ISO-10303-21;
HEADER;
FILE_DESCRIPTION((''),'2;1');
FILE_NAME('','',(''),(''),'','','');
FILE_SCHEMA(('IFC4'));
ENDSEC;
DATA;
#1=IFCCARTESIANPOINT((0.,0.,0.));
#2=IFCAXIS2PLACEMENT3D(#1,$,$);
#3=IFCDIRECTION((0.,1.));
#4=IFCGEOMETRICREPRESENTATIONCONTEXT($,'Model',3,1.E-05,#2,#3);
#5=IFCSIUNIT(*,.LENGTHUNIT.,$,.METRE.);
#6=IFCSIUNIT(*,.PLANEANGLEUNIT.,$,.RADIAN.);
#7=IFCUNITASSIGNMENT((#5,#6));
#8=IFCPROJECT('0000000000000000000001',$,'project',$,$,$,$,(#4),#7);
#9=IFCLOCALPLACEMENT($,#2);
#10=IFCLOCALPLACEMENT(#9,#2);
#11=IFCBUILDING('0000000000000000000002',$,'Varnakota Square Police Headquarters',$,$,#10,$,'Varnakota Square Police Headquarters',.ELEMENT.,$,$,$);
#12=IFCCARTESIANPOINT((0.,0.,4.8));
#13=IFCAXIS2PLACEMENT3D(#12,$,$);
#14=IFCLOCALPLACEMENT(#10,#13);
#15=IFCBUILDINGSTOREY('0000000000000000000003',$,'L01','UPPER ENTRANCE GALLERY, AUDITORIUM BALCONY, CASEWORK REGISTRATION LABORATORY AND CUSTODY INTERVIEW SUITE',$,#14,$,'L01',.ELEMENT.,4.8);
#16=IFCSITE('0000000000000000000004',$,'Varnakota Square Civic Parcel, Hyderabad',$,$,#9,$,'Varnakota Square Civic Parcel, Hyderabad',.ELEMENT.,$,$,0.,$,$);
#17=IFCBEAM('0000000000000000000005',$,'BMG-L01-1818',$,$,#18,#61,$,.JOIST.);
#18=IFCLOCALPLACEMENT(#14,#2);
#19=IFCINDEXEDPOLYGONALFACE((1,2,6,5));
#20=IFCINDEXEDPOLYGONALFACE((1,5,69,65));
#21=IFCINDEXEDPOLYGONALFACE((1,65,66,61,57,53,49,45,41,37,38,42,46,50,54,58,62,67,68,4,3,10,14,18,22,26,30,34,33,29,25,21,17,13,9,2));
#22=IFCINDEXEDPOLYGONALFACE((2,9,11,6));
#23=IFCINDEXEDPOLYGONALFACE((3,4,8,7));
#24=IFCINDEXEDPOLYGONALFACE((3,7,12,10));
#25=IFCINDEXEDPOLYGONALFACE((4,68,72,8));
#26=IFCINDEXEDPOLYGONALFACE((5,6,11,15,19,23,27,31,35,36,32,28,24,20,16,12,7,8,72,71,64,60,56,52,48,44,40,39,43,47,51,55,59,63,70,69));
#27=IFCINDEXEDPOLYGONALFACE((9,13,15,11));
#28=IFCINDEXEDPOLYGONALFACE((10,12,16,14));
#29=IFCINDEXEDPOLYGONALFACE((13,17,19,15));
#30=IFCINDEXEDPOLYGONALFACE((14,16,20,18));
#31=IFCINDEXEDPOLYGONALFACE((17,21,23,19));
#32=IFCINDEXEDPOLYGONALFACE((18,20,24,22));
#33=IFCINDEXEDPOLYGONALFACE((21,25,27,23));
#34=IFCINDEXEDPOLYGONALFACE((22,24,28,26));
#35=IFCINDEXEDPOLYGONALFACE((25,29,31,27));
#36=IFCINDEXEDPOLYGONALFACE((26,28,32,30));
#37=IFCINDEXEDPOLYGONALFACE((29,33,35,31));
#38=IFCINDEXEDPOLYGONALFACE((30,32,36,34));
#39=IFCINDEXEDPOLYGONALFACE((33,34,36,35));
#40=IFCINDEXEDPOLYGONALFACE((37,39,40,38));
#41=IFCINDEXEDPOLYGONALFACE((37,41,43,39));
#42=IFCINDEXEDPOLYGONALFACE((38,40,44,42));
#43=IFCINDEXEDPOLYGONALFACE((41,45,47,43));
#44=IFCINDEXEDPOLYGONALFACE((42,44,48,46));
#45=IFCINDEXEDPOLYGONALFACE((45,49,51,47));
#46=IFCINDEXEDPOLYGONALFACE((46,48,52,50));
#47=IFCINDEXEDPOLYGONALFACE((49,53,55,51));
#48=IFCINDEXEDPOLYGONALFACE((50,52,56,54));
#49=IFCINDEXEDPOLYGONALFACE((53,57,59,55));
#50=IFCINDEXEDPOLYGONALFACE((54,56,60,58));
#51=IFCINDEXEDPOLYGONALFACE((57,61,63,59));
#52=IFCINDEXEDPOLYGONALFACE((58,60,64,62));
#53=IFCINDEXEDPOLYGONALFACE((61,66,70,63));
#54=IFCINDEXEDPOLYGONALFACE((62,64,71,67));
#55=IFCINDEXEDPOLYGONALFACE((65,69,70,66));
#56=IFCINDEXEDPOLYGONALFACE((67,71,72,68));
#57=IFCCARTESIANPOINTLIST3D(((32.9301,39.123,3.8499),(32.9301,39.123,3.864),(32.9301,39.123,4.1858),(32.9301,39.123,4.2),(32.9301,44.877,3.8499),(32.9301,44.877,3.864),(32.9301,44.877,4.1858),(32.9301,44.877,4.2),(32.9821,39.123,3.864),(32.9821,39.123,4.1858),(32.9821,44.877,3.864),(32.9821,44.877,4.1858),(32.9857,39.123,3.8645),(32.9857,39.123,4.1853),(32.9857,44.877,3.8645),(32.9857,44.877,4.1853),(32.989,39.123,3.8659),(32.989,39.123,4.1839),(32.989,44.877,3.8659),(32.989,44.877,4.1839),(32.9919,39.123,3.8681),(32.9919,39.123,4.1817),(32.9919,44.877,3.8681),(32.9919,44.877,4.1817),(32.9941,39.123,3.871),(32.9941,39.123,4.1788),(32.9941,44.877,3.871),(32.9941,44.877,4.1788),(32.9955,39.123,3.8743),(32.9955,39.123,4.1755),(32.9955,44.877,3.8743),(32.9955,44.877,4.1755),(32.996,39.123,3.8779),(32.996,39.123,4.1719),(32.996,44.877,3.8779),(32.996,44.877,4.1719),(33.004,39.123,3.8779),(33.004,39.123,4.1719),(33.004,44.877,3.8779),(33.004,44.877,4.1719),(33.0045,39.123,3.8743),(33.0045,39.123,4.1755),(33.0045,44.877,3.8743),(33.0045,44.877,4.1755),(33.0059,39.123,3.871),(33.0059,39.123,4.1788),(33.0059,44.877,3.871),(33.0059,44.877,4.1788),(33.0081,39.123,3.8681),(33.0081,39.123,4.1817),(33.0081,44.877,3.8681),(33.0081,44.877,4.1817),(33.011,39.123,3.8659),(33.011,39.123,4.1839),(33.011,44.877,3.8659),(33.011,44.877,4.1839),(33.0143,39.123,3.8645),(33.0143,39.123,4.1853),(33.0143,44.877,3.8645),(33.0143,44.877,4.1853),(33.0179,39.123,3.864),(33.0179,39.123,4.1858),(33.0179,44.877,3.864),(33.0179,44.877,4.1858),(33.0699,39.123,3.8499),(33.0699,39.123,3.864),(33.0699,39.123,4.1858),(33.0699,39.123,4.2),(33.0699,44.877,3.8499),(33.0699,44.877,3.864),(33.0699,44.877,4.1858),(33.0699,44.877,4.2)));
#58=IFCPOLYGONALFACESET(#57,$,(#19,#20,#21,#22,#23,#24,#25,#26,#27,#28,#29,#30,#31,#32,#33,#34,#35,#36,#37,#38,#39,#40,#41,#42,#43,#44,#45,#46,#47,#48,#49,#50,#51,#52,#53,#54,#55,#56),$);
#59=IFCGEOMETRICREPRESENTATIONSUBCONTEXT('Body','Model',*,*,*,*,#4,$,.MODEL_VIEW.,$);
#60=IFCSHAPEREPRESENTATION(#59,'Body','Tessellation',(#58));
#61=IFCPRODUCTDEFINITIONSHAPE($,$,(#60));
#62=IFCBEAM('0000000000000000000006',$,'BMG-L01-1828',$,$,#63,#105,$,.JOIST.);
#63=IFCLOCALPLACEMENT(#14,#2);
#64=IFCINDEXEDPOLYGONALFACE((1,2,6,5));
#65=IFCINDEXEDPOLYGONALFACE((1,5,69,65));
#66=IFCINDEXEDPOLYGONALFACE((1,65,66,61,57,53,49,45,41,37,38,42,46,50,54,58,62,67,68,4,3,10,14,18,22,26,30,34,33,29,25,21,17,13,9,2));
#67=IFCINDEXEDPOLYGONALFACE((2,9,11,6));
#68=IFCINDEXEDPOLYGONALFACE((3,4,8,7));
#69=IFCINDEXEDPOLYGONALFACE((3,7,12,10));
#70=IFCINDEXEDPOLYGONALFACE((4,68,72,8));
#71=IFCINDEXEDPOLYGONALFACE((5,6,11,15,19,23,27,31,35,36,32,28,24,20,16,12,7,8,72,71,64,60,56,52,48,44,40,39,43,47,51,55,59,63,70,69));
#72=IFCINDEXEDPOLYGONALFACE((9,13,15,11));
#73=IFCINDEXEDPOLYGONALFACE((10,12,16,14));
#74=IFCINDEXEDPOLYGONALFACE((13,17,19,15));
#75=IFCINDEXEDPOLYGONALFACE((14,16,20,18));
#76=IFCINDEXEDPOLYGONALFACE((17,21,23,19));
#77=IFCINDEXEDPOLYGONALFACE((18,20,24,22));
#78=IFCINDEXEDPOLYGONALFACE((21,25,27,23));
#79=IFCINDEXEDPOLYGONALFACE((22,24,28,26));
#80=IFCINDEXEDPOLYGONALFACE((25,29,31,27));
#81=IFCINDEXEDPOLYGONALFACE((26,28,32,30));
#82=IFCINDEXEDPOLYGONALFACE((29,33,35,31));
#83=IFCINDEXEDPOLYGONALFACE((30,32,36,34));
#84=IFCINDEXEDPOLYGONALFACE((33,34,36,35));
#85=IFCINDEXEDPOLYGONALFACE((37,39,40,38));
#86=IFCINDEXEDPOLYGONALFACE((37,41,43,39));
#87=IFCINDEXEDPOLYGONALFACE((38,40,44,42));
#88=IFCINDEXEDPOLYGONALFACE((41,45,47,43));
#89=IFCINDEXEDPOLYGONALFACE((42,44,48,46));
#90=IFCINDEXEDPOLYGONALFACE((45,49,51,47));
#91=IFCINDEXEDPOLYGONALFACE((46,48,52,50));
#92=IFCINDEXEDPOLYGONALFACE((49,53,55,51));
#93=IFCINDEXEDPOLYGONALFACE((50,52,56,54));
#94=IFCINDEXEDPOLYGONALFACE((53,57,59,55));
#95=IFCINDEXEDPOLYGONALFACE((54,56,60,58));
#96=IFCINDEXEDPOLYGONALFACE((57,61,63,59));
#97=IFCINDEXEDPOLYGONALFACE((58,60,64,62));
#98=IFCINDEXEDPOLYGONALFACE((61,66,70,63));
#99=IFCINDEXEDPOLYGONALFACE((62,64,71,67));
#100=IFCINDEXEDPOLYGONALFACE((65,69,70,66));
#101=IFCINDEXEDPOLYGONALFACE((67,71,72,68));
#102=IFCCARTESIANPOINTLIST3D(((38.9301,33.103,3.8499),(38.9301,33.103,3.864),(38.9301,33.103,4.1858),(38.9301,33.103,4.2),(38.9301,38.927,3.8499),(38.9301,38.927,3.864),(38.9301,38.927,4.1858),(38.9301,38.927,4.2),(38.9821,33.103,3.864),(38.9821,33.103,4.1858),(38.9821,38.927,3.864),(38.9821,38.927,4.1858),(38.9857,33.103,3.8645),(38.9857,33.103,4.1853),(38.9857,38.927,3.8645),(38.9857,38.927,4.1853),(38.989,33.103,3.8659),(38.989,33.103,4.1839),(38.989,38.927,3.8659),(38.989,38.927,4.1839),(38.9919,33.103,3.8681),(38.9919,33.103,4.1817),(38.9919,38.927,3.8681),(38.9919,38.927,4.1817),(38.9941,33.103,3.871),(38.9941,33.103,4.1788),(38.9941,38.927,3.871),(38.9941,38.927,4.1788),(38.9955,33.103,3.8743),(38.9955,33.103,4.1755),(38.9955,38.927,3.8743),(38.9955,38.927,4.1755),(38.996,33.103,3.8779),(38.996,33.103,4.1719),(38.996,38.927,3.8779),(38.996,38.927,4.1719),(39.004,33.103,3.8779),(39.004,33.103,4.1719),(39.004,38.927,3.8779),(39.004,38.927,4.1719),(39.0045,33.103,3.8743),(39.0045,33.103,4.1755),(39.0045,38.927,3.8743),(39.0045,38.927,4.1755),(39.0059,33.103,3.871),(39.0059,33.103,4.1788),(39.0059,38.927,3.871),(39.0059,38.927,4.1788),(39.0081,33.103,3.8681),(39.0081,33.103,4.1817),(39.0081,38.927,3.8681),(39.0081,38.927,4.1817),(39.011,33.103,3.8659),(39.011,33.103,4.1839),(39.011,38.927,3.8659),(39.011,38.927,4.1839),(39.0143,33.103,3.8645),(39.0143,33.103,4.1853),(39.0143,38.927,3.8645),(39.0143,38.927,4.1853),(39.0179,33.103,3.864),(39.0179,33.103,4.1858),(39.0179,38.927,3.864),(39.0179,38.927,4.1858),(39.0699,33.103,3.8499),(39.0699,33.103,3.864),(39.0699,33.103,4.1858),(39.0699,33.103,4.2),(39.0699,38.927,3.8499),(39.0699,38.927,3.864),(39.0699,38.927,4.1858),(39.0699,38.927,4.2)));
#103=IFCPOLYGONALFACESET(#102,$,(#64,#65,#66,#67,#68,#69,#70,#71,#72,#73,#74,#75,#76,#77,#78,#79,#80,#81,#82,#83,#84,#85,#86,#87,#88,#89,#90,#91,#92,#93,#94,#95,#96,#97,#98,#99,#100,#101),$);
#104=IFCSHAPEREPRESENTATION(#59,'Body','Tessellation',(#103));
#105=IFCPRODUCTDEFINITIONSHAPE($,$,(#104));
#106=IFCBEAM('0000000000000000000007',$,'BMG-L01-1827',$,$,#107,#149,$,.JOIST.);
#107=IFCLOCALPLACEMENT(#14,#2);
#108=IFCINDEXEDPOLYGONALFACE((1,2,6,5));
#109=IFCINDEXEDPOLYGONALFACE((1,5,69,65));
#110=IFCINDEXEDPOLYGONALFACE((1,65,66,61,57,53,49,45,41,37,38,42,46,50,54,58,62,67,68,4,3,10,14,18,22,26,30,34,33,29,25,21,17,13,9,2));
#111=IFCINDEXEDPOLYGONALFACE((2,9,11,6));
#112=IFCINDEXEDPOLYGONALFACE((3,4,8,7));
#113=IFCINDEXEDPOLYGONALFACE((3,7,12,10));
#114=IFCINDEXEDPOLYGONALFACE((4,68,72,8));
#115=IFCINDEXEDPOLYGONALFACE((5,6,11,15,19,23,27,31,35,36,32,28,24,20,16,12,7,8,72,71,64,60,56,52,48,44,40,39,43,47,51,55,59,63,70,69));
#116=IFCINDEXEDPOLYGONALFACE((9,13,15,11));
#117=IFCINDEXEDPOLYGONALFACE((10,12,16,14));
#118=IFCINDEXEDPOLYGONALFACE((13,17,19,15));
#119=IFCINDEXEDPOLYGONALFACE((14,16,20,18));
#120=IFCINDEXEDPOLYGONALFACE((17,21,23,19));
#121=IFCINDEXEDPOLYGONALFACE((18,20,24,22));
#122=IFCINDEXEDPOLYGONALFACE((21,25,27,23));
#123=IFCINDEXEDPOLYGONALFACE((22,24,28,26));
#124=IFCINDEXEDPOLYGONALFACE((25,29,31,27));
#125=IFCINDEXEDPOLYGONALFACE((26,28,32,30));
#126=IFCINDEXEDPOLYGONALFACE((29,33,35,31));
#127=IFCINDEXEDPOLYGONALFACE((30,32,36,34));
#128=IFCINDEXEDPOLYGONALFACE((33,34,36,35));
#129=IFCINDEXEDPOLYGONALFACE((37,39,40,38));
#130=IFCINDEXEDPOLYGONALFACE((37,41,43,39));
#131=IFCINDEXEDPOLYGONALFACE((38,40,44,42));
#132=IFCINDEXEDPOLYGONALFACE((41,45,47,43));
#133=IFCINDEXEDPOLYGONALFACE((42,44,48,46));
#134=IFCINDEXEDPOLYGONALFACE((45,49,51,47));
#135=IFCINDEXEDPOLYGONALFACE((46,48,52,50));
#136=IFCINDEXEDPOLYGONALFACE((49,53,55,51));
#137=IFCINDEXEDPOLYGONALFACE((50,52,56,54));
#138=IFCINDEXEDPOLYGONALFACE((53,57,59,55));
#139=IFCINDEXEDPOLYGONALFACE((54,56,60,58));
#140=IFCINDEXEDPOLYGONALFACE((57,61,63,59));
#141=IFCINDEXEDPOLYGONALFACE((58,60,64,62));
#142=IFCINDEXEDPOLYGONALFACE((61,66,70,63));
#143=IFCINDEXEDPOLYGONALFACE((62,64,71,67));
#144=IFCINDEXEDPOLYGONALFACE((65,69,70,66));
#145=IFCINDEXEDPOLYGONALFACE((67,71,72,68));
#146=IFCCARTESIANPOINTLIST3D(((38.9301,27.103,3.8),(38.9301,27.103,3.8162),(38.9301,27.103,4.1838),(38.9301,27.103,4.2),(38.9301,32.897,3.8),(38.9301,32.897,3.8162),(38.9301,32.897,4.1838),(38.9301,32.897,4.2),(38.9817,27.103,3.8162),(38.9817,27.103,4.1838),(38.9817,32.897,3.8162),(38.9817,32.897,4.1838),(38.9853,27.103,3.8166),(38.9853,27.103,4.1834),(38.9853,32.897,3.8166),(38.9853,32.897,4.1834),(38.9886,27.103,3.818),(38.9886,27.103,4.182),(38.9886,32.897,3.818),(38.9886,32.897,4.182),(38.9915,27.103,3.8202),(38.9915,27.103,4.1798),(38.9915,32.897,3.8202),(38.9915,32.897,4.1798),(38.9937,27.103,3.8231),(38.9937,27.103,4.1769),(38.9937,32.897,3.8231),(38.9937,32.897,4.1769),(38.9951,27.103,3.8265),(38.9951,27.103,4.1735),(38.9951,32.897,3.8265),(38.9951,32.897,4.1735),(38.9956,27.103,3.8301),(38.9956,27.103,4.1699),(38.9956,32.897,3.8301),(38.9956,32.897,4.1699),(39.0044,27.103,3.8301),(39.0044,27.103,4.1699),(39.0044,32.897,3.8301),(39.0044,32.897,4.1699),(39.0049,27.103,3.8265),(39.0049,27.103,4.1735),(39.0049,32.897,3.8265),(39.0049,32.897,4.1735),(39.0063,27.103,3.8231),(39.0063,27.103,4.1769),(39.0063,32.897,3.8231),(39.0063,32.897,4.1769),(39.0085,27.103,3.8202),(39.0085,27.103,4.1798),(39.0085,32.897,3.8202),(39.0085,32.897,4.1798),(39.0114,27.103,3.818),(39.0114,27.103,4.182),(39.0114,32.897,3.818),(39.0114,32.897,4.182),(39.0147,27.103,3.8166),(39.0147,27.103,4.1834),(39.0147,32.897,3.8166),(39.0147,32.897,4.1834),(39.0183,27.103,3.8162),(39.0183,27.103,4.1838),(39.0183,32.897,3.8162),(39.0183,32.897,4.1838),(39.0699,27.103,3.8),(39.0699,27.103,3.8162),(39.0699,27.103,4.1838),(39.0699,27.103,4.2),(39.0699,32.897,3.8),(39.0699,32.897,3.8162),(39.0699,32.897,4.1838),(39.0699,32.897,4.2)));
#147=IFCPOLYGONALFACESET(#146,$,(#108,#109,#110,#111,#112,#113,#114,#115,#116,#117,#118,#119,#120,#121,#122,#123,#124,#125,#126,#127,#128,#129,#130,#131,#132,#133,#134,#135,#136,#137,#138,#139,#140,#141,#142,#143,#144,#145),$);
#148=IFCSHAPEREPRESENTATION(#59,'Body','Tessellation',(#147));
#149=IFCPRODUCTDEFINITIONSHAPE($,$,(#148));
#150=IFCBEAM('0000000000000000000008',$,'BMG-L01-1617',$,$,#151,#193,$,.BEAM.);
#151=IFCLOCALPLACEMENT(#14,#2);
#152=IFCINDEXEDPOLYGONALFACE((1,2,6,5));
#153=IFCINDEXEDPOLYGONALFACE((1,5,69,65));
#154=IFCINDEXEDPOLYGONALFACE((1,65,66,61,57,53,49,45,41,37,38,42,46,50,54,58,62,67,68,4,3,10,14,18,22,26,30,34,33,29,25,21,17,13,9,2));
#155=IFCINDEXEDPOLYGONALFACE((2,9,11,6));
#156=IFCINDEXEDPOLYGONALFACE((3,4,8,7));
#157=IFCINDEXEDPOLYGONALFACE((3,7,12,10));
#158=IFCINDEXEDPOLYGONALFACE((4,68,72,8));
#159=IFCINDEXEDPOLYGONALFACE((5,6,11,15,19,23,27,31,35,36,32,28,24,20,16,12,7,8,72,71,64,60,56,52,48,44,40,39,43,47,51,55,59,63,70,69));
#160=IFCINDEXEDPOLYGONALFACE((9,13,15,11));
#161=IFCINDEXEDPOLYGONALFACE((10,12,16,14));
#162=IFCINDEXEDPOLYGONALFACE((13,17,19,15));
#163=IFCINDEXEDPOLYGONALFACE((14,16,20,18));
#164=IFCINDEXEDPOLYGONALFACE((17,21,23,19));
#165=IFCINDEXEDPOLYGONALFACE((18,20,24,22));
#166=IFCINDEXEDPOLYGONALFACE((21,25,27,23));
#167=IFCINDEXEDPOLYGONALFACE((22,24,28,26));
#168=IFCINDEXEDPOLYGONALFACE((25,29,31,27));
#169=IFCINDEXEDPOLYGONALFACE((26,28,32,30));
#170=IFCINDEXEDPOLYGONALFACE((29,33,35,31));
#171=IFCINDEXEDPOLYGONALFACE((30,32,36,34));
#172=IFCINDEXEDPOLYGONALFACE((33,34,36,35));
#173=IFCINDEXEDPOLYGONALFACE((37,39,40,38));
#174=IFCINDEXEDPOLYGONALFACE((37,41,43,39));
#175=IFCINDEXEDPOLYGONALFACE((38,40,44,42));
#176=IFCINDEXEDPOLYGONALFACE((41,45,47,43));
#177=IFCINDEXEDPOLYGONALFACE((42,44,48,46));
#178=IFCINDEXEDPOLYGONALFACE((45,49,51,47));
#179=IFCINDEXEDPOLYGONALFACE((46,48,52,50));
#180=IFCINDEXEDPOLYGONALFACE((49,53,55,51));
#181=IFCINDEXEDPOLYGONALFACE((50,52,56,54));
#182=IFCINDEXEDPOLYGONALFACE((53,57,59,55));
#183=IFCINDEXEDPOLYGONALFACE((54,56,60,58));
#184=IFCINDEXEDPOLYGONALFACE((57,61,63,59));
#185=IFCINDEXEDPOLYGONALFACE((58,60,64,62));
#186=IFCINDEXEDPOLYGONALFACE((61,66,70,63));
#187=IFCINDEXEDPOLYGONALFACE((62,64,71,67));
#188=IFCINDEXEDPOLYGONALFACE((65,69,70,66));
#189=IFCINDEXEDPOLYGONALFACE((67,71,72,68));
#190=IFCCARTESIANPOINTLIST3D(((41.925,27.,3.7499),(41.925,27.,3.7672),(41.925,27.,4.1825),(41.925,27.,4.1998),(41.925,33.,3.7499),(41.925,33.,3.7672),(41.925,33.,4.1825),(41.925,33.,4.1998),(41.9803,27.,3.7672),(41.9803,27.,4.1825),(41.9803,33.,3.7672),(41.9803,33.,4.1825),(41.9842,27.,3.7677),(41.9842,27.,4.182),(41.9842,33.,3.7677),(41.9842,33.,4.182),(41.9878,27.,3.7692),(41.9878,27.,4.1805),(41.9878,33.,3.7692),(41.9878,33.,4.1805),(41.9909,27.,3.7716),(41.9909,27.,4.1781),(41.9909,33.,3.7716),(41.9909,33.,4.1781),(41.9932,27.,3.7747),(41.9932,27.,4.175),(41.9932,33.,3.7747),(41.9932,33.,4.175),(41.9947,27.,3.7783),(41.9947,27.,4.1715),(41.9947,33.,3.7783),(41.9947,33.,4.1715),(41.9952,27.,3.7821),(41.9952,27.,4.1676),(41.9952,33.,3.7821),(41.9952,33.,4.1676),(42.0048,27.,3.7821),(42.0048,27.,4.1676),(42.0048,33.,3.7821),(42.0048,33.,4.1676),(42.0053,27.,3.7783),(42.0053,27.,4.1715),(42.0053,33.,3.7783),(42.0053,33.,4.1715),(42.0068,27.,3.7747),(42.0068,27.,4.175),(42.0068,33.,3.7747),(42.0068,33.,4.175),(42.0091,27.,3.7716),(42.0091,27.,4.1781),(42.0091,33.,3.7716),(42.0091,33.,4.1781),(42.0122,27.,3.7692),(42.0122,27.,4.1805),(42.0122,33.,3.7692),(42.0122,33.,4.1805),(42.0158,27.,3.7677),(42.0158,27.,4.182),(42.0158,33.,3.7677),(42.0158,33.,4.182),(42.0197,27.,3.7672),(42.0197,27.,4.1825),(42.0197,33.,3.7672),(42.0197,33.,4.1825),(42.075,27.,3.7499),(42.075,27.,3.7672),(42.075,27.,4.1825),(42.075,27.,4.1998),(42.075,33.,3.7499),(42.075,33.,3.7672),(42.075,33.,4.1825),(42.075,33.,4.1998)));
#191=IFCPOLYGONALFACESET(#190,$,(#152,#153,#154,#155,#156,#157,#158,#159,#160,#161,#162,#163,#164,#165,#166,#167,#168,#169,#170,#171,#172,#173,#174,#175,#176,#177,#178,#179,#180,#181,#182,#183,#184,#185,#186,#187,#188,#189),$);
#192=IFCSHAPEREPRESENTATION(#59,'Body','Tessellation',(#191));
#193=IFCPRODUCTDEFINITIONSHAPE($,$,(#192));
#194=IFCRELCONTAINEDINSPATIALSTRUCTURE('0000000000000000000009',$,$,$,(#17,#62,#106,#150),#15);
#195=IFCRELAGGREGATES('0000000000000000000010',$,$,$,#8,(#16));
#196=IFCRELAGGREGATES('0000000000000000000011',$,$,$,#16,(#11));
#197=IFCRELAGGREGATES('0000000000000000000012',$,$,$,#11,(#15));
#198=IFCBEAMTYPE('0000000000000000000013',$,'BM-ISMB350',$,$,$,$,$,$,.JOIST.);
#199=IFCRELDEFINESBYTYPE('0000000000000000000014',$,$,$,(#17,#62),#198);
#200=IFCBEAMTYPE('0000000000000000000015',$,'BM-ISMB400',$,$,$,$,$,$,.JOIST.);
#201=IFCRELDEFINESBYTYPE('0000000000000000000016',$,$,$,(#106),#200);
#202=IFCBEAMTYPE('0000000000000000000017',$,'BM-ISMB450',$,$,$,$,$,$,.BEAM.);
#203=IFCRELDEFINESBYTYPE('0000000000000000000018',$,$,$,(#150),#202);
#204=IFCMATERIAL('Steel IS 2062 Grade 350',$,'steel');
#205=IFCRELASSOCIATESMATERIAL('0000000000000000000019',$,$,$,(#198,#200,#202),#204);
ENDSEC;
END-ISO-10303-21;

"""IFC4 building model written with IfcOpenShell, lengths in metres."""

from ifc_helpers import new_model, si_unit, direction, frame, origin, origin_2d, place, context, subcontext, project, spatial, i_section, extrude, material, material_profile, profile_set, type_object, element, save


model = new_model("IFC4")

# Units and contexts
model_context = context("Model", 3, precision=1e-05, world=origin(), true_north=direction((0.0, 1.0)))
body_context = subcontext(model_context, "Body", "Model", "MODEL_VIEW")
ifc_project = project(units=[si_unit("LENGTHUNIT", "METRE"), si_unit("PLANEANGLEUNIT", "RADIAN")], contexts=[model_context])

# Site, building, storey
site_placement = place(None, origin())
site = spatial("IfcSite", under=ifc_project, at=site_placement, Name="Varnakota Square Civic Parcel, Hyderabad", LongName="Varnakota Square Civic Parcel, Hyderabad", CompositionType="ELEMENT", RefElevation=0.0)
building_placement = place(site_placement, origin())
building = spatial("IfcBuilding", under=site, at=building_placement, Name="Varnakota Square Police Headquarters", LongName="Varnakota Square Police Headquarters", CompositionType="ELEMENT")
storey_placement = place(building_placement, frame((0.0, 0.0, 4.8)))
storey = spatial("IfcBuildingStorey", under=building, at=storey_placement, Name="L01", Description="UPPER ENTRANCE GALLERY, AUDITORIUM BALCONY, CASEWORK REGISTRATION LABORATORY AND CUSTODY INTERVIEW SUITE", LongName="L01", CompositionType="ELEMENT", Elevation=4.8)

# Shared definitions
ifc_material_1 = material(Name="Steel IS 2062 Grade 350", Category="steel")

# Beams
ifc_material_profile_1 = material_profile(ifc_material_1, i_section(OverallWidth=0.1399, OverallDepth=0.3501, WebThickness=0.0081, FlangeThickness=0.0142, FilletRadius=0.0139, at=origin_2d()), Name="ISMB 350")
ifc_profile_set_1 = profile_set([ifc_material_profile_1], Name="Steel IS 2062 Grade 350")
beam_type_1 = type_object("IfcBeamType", Name="BM-ISMB350", PredefinedType="JOIST", material=ifc_profile_set_1)
beam_1_placement = place(storey_placement, frame((33.0, 39.123, 4.0249), z_axis=(0.0, 1.0, 0.0), x_axis=(-1.0, 0.0, 0.0)))
element("IfcBeam", 1, at=beam_1_placement, inside=storey, type_object=beam_type_1, Name="BMG-L01-1818", PredefinedType="JOIST", context=body_context, shape_type="SweptSolid", body=[
    extrude(i_section(OverallWidth=0.1399, OverallDepth=0.3501, WebThickness=0.0081, FlangeThickness=0.0142, FilletRadius=0.0139, at=origin_2d()), origin(), (0.0, 0.0, 1.0), 5.7539),
])
beam_2_placement = place(storey_placement, frame((39.0, 33.103, 4.0249), z_axis=(0.0, 1.0, 0.0), x_axis=(-1.0, 0.0, 0.0)))
element("IfcBeam", 2, at=beam_2_placement, inside=storey, type_object=beam_type_1, Name="BMG-L01-1828", PredefinedType="JOIST", context=body_context, shape_type="SweptSolid", body=[
    extrude(i_section(OverallWidth=0.1399, OverallDepth=0.3501, WebThickness=0.0081, FlangeThickness=0.0142, FilletRadius=0.0139, at=origin_2d()), origin(), (0.0, 0.0, 1.0), 5.824),
])
ifc_material_profile_2 = material_profile(ifc_material_1, i_section(OverallWidth=0.1399, OverallDepth=0.3999, WebThickness=0.0088, FlangeThickness=0.0161, FilletRadius=0.0139, at=origin_2d()), Name="ISMB 400")
ifc_profile_set_2 = profile_set([ifc_material_profile_2], Name="Steel IS 2062 Grade 350")
beam_type_2 = type_object("IfcBeamType", Name="BM-ISMB400", PredefinedType="JOIST", material=ifc_profile_set_2)
beam_3_placement = place(storey_placement, frame((39.0, 27.103, 4.0), z_axis=(0.0, 1.0, 0.0), x_axis=(-1.0, 0.0, 0.0)))
element("IfcBeam", 3, at=beam_3_placement, inside=storey, type_object=beam_type_2, Name="BMG-L01-1827", PredefinedType="JOIST", context=body_context, shape_type="SweptSolid", body=[
    extrude(i_section(OverallWidth=0.1399, OverallDepth=0.3999, WebThickness=0.0088, FlangeThickness=0.0161, FilletRadius=0.0139, at=origin_2d()), origin(), (0.0, 0.0, 1.0), 5.7939),
])
ifc_material_profile_3 = material_profile(ifc_material_1, i_section(OverallWidth=0.1499, OverallDepth=0.45, WebThickness=0.0095, FlangeThickness=0.0173, FilletRadius=0.0149, at=origin_2d()), Name="ISMB 450")
ifc_profile_set_3 = profile_set([ifc_material_profile_3], Name="Steel IS 2062 Grade 350")
beam_type_3 = type_object("IfcBeamType", Name="BM-ISMB450", PredefinedType="BEAM", material=ifc_profile_set_3)
beam_4_placement = place(storey_placement, frame((42.0, 27.0, 3.9749), z_axis=(0.0, 1.0, 0.0), x_axis=(-1.0, 0.0, 0.0)))
element("IfcBeam", 4, at=beam_4_placement, inside=storey, type_object=beam_type_3, Name="BMG-L01-1617", PredefinedType="BEAM", context=body_context, shape_type="SweptSolid", body=[
    extrude(i_section(OverallWidth=0.1499, OverallDepth=0.45, WebThickness=0.0095, FlangeThickness=0.0173, FilletRadius=0.0149, at=origin_2d()), origin(), (0.0, 0.0, 1.0), 6.0),
])

save(model, "model.ifc")
